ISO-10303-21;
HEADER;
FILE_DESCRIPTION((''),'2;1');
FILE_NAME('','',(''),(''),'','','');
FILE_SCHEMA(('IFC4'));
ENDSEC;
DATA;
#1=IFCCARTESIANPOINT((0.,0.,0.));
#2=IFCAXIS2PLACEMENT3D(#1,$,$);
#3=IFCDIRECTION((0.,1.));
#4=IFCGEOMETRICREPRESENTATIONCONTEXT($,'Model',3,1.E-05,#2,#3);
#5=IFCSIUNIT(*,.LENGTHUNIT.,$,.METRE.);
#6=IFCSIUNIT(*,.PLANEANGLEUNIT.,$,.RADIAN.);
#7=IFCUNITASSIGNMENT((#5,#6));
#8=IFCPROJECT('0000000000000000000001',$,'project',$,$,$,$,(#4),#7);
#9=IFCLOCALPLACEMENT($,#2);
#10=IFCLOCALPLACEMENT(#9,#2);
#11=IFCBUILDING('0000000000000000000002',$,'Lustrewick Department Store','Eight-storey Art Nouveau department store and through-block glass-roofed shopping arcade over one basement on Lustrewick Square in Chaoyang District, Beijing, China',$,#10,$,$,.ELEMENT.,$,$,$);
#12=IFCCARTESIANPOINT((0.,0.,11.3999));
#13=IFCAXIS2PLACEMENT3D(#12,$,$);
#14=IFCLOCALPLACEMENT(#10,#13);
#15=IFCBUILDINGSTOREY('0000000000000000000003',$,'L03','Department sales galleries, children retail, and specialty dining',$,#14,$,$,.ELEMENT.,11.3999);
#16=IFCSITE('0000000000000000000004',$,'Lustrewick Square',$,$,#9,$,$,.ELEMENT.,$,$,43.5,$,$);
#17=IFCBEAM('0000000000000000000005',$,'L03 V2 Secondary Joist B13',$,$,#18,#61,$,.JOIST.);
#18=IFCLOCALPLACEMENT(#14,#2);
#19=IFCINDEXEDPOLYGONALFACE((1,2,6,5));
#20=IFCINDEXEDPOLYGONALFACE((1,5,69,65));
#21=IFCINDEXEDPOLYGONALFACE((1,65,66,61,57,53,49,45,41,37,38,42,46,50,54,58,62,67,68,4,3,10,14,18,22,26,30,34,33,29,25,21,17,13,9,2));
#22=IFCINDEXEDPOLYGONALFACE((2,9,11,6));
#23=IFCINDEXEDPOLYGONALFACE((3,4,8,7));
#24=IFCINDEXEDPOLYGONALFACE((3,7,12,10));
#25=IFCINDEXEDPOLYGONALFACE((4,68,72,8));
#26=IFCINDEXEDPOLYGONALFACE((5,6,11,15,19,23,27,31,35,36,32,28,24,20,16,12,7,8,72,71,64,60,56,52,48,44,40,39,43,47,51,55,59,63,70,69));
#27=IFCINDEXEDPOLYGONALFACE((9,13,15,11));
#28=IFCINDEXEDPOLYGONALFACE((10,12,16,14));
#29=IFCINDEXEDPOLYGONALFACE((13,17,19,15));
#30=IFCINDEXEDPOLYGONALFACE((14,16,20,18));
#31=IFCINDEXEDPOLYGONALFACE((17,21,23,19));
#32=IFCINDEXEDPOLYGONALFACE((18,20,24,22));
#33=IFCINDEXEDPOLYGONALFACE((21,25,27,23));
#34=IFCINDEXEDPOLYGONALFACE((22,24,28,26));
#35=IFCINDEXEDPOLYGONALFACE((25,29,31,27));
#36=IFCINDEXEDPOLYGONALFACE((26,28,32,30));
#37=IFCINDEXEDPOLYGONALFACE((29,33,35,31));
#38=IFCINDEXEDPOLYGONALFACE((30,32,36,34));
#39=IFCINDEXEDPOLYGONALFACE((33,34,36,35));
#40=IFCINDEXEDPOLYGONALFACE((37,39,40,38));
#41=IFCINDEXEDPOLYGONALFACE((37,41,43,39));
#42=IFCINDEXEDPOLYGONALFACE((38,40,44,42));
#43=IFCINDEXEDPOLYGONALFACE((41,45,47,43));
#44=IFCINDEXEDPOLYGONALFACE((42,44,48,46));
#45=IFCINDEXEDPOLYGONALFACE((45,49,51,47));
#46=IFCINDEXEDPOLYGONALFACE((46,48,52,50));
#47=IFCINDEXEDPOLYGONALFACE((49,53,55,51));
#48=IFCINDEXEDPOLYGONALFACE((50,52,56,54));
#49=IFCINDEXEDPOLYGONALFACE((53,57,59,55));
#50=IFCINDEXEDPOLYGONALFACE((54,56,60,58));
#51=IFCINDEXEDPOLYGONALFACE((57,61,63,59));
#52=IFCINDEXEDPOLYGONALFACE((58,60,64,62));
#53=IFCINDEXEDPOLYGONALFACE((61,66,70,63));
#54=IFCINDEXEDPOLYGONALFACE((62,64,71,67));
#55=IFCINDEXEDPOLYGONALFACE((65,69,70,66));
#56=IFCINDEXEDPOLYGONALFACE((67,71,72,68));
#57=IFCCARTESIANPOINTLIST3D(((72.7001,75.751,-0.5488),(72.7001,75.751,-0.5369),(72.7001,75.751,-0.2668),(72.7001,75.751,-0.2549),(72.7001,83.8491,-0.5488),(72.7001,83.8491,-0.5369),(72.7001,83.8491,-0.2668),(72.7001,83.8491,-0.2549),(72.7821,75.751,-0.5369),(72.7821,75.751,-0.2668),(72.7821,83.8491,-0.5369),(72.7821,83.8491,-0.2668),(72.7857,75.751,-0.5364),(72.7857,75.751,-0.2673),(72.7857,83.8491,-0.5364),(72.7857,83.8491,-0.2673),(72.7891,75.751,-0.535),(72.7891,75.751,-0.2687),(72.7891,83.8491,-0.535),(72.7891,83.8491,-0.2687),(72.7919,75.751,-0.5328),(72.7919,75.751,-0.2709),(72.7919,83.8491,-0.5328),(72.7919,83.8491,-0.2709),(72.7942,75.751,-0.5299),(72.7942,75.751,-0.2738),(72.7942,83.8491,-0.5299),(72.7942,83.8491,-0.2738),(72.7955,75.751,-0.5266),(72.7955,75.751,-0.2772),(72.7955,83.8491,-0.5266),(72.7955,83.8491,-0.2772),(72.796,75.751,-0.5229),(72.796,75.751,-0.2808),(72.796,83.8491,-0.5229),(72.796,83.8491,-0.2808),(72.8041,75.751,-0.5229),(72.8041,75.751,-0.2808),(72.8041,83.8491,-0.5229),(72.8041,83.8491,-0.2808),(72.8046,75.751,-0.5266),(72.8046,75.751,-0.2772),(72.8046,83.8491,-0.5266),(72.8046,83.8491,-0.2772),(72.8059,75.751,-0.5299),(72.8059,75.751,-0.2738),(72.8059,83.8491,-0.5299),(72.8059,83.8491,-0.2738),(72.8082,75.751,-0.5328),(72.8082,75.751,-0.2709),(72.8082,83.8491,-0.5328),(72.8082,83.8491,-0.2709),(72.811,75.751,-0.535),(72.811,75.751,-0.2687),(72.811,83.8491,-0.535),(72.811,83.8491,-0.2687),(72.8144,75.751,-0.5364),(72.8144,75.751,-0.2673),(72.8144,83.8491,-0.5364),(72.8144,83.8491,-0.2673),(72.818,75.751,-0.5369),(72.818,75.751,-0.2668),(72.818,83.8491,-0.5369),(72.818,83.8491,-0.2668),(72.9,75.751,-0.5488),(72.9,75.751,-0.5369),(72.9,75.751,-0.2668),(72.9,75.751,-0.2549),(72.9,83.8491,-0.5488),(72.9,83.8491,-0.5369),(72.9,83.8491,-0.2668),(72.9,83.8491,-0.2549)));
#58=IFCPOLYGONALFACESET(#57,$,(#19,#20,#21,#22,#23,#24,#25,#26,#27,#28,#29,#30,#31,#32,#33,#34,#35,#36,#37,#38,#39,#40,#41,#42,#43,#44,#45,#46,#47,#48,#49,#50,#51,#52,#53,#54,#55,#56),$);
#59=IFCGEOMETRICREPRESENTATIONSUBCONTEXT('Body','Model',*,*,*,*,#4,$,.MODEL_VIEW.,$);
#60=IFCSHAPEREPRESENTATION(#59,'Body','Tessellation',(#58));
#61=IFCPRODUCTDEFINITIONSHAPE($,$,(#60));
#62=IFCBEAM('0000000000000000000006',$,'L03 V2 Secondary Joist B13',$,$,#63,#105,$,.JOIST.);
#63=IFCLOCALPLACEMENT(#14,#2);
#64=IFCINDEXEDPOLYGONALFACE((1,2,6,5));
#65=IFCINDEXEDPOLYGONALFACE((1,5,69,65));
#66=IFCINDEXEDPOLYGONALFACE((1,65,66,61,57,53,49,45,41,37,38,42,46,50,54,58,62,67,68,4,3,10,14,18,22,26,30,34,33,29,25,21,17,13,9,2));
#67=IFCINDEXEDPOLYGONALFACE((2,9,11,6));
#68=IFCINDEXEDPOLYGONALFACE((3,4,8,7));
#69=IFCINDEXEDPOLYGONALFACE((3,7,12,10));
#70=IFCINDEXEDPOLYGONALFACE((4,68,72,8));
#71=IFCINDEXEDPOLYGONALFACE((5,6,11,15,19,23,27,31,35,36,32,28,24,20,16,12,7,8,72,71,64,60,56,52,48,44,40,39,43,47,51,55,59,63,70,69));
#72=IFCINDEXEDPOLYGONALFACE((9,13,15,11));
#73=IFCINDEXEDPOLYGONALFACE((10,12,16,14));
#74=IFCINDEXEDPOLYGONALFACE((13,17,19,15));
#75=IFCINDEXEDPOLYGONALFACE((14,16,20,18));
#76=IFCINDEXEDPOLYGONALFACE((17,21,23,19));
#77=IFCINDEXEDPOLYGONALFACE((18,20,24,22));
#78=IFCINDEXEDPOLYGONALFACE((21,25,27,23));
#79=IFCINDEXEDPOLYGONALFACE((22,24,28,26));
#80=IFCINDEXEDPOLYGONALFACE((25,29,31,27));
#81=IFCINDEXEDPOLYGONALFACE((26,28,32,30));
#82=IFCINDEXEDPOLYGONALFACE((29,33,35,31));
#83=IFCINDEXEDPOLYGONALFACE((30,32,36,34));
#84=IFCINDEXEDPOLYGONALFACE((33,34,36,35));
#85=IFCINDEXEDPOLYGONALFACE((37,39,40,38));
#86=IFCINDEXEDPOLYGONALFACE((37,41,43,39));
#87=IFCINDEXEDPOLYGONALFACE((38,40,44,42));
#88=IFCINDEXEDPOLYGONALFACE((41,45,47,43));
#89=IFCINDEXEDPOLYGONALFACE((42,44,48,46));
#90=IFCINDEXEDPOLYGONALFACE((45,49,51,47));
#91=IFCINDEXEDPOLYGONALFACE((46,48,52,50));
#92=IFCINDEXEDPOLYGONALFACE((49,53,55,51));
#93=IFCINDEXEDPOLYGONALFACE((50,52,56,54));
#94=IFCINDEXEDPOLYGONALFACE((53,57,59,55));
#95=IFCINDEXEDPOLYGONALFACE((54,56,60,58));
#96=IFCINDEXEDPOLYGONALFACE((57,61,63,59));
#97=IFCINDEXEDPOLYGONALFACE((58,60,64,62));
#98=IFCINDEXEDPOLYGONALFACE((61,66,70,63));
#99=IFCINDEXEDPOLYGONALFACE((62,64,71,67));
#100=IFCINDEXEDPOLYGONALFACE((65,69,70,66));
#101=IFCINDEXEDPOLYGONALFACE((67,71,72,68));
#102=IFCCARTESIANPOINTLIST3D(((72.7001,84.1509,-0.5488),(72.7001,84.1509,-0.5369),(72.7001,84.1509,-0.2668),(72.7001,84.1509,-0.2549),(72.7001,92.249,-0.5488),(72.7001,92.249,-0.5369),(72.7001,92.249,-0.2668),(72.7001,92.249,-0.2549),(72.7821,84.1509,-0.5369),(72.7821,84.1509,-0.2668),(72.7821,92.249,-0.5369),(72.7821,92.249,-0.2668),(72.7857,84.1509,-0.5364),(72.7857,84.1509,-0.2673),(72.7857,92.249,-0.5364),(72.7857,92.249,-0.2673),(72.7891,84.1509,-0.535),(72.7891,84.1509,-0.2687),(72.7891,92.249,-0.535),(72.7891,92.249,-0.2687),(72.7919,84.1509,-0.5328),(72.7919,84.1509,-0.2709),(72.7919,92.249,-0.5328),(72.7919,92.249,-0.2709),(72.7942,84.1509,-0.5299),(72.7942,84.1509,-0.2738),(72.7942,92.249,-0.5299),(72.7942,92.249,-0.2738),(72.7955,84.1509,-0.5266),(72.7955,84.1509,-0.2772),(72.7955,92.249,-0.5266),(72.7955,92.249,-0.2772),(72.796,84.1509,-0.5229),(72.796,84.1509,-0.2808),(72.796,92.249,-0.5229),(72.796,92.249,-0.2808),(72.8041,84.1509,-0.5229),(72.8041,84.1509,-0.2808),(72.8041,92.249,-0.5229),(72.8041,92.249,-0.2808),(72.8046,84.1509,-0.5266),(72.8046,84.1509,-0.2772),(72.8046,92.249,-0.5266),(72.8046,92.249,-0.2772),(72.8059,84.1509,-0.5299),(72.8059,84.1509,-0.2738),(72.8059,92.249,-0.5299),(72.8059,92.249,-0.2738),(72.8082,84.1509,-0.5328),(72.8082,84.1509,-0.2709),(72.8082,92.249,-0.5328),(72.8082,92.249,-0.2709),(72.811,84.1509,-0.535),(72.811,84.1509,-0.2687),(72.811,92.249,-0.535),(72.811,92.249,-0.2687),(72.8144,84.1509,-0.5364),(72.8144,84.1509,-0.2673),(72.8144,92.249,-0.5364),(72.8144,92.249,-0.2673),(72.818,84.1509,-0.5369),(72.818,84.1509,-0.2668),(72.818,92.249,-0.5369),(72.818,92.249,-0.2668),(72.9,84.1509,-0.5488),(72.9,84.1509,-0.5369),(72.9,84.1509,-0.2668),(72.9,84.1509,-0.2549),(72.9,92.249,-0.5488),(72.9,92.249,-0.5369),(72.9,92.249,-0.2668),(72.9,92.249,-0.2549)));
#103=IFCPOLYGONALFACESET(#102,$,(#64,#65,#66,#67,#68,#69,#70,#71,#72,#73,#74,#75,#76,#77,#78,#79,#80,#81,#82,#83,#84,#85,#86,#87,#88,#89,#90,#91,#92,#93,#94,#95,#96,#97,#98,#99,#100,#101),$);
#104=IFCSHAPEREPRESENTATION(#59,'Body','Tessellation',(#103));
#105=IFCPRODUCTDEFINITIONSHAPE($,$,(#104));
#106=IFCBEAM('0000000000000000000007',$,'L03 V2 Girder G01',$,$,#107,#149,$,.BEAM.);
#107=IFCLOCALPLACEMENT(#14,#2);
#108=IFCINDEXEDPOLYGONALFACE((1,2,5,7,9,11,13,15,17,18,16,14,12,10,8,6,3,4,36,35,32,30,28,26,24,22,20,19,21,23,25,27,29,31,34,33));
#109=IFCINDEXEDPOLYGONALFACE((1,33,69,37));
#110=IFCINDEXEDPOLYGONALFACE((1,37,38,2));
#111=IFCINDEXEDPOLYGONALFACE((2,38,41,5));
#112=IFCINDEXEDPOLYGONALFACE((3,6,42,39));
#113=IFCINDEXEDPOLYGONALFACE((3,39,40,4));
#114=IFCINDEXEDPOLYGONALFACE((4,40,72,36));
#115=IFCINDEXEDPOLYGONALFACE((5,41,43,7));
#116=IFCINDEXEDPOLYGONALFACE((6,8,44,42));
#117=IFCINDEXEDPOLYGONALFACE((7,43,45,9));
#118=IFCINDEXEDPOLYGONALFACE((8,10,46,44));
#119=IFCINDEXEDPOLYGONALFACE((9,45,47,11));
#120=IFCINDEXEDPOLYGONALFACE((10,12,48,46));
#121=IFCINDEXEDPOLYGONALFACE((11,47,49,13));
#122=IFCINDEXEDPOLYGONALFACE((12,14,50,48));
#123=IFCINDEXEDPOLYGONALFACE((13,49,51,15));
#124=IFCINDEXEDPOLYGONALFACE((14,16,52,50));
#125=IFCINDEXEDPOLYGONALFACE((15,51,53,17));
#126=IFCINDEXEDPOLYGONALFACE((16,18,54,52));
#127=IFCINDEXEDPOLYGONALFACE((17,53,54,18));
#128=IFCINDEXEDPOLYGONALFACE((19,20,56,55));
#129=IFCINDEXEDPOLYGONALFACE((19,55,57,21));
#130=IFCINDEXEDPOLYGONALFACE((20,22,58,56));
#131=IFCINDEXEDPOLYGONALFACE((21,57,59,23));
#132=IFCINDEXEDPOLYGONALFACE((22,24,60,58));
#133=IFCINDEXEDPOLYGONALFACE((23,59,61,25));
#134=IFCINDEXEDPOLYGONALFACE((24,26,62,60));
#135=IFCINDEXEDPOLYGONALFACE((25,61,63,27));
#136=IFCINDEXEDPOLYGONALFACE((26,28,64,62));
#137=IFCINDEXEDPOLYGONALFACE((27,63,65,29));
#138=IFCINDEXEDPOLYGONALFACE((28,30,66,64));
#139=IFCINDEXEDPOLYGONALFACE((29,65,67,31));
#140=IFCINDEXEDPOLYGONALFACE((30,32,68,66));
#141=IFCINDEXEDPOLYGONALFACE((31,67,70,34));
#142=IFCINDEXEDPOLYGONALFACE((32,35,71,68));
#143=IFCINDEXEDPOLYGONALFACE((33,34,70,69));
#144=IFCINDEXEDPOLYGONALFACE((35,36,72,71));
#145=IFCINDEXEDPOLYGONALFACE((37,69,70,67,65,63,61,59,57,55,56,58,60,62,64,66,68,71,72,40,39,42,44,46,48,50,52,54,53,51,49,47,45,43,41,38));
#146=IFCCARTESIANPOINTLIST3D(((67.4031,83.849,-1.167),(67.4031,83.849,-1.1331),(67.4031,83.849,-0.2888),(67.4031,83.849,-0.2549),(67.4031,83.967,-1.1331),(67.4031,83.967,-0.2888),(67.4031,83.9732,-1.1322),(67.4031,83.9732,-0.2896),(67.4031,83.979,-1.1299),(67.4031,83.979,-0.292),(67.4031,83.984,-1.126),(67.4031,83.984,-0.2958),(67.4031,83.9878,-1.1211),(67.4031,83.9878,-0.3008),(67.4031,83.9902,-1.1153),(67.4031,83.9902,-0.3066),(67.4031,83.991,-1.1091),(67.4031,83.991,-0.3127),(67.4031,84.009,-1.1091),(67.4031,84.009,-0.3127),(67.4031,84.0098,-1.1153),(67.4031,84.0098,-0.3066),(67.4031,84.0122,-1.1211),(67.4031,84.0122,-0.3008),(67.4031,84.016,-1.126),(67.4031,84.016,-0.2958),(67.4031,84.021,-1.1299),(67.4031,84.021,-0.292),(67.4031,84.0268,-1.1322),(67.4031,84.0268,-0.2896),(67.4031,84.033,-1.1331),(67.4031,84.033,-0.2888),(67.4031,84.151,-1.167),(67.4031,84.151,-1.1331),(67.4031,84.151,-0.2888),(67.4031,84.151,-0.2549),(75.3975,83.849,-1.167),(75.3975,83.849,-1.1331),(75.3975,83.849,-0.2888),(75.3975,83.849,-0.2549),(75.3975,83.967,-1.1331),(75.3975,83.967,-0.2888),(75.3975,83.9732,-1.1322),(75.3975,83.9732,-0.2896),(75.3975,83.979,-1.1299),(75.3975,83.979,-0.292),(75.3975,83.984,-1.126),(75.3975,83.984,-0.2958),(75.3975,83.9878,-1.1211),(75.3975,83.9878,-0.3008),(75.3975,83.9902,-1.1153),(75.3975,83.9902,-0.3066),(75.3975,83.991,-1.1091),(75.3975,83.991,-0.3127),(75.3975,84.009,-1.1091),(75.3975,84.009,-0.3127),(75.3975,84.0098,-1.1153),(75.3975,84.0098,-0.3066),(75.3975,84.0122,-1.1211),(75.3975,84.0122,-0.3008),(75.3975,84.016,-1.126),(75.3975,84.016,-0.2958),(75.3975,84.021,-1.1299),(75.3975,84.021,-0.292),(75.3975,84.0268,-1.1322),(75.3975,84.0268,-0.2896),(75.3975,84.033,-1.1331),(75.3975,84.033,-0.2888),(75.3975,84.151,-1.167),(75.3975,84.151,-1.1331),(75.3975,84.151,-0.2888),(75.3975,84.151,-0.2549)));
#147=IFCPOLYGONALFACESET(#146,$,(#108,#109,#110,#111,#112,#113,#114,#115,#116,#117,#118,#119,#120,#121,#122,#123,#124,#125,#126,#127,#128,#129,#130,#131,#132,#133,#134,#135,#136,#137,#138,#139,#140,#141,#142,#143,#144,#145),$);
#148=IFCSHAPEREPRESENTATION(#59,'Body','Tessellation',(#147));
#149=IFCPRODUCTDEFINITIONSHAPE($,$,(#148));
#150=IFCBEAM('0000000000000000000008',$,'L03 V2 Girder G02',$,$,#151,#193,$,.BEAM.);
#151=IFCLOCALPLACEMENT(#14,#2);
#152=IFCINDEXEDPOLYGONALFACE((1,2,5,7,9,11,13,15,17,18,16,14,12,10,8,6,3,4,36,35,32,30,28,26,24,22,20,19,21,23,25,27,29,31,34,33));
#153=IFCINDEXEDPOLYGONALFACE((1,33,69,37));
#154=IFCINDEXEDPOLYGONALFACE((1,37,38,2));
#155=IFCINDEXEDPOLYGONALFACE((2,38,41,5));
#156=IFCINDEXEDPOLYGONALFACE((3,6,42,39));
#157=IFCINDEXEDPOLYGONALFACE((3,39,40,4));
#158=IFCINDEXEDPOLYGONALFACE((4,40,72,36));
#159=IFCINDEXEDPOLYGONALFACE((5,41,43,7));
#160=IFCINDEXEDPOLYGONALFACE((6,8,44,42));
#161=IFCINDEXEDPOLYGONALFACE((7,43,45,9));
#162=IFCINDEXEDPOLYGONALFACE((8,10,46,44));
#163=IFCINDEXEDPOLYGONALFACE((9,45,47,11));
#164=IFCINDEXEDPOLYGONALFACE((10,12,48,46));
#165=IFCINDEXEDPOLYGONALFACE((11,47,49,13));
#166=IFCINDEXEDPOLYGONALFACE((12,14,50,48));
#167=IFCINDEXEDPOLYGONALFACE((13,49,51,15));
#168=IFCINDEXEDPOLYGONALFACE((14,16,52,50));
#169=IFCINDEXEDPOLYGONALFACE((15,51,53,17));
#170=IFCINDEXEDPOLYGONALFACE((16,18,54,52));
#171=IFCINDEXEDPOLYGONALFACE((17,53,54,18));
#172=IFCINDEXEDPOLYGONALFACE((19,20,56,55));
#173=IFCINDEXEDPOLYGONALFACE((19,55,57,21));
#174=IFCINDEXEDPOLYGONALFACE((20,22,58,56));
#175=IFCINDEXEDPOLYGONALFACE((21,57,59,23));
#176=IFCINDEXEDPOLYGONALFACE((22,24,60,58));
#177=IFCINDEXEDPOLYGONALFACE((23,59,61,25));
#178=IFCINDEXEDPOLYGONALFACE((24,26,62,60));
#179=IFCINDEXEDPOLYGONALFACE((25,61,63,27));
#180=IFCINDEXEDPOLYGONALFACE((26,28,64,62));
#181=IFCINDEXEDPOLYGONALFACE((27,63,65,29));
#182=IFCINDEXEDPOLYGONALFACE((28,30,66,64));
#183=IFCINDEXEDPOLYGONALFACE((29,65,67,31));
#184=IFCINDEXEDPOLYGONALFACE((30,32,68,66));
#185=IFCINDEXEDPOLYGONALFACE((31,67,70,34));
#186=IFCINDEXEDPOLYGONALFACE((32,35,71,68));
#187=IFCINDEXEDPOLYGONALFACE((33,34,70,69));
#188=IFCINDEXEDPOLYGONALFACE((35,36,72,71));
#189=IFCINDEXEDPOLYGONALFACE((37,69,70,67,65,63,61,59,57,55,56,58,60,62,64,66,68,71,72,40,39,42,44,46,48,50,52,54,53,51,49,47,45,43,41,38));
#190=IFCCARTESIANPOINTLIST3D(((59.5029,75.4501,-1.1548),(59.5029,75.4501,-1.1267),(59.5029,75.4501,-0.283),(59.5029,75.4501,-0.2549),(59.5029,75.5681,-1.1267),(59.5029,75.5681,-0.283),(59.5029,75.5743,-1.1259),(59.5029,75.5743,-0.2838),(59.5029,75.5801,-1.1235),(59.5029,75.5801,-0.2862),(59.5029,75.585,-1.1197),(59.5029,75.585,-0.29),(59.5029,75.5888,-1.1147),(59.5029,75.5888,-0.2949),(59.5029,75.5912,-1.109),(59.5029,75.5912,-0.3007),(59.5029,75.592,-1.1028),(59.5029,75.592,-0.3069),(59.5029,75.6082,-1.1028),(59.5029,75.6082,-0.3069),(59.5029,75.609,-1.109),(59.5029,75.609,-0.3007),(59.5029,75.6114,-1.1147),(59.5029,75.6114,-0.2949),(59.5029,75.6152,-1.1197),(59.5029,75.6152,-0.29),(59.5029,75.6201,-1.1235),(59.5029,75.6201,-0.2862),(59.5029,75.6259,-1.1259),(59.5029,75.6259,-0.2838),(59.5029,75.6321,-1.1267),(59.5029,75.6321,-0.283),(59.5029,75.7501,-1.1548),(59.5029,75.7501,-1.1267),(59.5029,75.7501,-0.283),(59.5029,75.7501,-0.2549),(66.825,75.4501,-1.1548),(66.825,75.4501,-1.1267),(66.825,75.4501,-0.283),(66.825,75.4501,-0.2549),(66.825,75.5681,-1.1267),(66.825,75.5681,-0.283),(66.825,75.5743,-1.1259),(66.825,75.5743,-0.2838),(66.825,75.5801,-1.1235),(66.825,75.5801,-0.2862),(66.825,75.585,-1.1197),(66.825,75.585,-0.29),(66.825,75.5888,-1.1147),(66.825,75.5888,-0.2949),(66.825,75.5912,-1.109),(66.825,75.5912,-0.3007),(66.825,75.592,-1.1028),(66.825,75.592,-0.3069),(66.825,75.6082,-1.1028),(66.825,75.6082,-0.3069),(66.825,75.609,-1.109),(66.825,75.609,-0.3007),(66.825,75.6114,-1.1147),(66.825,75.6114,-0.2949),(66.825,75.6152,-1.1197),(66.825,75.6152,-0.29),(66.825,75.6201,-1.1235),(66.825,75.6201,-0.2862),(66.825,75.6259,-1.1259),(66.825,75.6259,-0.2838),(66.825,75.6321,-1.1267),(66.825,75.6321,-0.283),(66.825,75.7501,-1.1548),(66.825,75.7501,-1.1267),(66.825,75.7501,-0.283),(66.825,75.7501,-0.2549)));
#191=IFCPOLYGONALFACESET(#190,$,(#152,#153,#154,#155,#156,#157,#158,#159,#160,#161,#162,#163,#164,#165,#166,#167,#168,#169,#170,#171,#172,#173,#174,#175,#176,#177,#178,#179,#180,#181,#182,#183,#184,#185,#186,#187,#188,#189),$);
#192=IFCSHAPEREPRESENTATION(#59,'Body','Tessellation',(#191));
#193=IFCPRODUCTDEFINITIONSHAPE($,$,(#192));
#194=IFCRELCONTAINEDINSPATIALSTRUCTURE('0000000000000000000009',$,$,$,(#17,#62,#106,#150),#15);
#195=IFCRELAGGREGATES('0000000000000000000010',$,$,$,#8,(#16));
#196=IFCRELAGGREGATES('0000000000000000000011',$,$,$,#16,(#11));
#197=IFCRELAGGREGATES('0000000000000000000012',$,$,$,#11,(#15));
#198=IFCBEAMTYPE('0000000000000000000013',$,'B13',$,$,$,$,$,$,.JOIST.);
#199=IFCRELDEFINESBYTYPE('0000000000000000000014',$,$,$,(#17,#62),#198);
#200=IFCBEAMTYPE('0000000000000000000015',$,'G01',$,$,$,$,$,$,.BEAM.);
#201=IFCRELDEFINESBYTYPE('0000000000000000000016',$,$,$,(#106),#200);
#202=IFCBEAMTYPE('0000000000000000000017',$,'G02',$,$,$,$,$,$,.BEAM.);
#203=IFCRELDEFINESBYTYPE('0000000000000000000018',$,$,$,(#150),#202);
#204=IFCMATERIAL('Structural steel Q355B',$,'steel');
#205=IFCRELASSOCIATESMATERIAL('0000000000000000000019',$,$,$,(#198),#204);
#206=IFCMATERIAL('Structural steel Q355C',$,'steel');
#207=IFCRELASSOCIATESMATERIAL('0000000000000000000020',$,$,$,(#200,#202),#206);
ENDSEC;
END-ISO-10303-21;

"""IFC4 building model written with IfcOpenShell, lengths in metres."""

from ifc_helpers import new_model, si_unit, direction, frame, origin, origin_2d, place, context, subcontext, project, spatial, i_section, extrude, material, material_profile, profile_set, type_object, element, save


model = new_model("IFC4")

# Units and contexts
model_context = context("Model", 3, precision=1e-05, world=origin(), true_north=direction((0.0, 1.0)))
body_context = subcontext(model_context, "Body", "Model", "MODEL_VIEW")
ifc_project = project(units=[si_unit("LENGTHUNIT", "METRE"), si_unit("PLANEANGLEUNIT", "RADIAN")], contexts=[model_context])

# Site, building, storey
site_placement = place(None, origin())
site = spatial("IfcSite", under=ifc_project, at=site_placement, Name="Lustrewick Square", CompositionType="ELEMENT", RefElevation=43.5)
building_placement = place(site_placement, origin())
building = spatial("IfcBuilding", under=site, at=building_placement, Name="Lustrewick Department Store", Description="Eight-storey Art Nouveau department store and through-block glass-roofed shopping arcade over one basement on Lustrewick Square in Chaoyang District, Beijing, China", CompositionType="ELEMENT")
storey_placement = place(building_placement, frame((0.0, 0.0, 11.3999)))
storey = spatial("IfcBuildingStorey", under=building, at=storey_placement, Name="L03", Description="Department sales galleries, children retail, and specialty dining", CompositionType="ELEMENT", Elevation=11.3999)

# Shared definitions
ifc_material_1 = material(Name="Structural steel Q355B", Category="steel")
ifc_material_2 = material(Name="Structural steel Q355C", Category="steel")

# Beams
ifc_material_profile_1 = material_profile(ifc_material_1, i_section(OverallWidth=0.2, OverallDepth=0.2939, WebThickness=0.0081, FlangeThickness=0.012, FilletRadius=0.0139, at=origin_2d()), Name="HM 294x200x8x12")
ifc_profile_set_1 = profile_set([ifc_material_profile_1], Name="Structural steel Q355B")
beam_type_1 = type_object("IfcBeamType", Name="B13", PredefinedType="JOIST", material=ifc_profile_set_1)
for number, where, z_axis, x_axis, name in (
    (1, (72.8, 75.751, -0.4019), (0.0, 1.0, 0.0), (-1.0, 0.0, 0.0), "L03 V2 Secondary Joist B13"),
    (2, (72.8, 84.1509, -0.4019), (0.0, 1.0, 0.0), (-1.0, 0.0, 0.0), "L03 V2 Secondary Joist B13"),
):
    element("IfcBeam", number, at=place(storey_placement, frame(where, z_axis=z_axis, x_axis=x_axis)), inside=storey, type_object=beam_type_1, Name=name, PredefinedType="JOIST", context=body_context, shape_type="SweptSolid", body=[
        extrude(i_section(OverallWidth=0.2, OverallDepth=0.2939, WebThickness=0.0081, FlangeThickness=0.012, FilletRadius=0.0139, at=origin_2d()), origin(), (0.0, 0.0, 1.0), 8.0981),
    ])
ifc_material_profile_2 = material_profile(ifc_material_2, i_section(OverallWidth=0.302, OverallDepth=0.9121, WebThickness=0.0181, FlangeThickness=0.0339, FilletRadius=0.0239, at=origin_2d()), Name="HN 912x302x18x34")
ifc_profile_set_2 = profile_set([ifc_material_profile_2], Name="Structural steel Q355C")
beam_type_2 = type_object("IfcBeamType", Name="G01", PredefinedType="BEAM", material=ifc_profile_set_2)
beam_1_placement = place(storey_placement, frame((67.4031, 84.0, -0.7109), z_axis=(1.0, 0.0, 0.0), x_axis=(0.0, 1.0, 0.0)))
element("IfcBeam", 3, at=beam_1_placement, inside=storey, type_object=beam_type_2, Name="L03 V2 Girder G01", PredefinedType="BEAM", context=body_context, shape_type="SweptSolid", body=[
    extrude(i_section(OverallWidth=0.302, OverallDepth=0.9121, WebThickness=0.0181, FlangeThickness=0.0339, FilletRadius=0.0239, at=origin_2d()), origin(), (0.0, 0.0, 1.0), 7.9944),
])
ifc_material_profile_3 = material_profile(ifc_material_2, i_section(OverallWidth=0.3, OverallDepth=0.8999, WebThickness=0.0161, FlangeThickness=0.0281, FilletRadius=0.0239, at=origin_2d()), Name="HN 900x300x16x28")
ifc_profile_set_3 = profile_set([ifc_material_profile_3], Name="Structural steel Q355C")
beam_type_3 = type_object("IfcBeamType", Name="G02", PredefinedType="BEAM", material=ifc_profile_set_3)
beam_2_placement = place(storey_placement, frame((59.5029, 75.6001, -0.7048), z_axis=(1.0, 0.0, 0.0), x_axis=(0.0, 1.0, 0.0)))
element("IfcBeam", 4, at=beam_2_placement, inside=storey, type_object=beam_type_3, Name="L03 V2 Girder G02", PredefinedType="BEAM", context=body_context, shape_type="SweptSolid", body=[
    extrude(i_section(OverallWidth=0.3, OverallDepth=0.8999, WebThickness=0.0161, FlangeThickness=0.0281, FilletRadius=0.0239, at=origin_2d()), origin(), (0.0, 0.0, 1.0), 7.322),
])

save(model, "model.ifc")
